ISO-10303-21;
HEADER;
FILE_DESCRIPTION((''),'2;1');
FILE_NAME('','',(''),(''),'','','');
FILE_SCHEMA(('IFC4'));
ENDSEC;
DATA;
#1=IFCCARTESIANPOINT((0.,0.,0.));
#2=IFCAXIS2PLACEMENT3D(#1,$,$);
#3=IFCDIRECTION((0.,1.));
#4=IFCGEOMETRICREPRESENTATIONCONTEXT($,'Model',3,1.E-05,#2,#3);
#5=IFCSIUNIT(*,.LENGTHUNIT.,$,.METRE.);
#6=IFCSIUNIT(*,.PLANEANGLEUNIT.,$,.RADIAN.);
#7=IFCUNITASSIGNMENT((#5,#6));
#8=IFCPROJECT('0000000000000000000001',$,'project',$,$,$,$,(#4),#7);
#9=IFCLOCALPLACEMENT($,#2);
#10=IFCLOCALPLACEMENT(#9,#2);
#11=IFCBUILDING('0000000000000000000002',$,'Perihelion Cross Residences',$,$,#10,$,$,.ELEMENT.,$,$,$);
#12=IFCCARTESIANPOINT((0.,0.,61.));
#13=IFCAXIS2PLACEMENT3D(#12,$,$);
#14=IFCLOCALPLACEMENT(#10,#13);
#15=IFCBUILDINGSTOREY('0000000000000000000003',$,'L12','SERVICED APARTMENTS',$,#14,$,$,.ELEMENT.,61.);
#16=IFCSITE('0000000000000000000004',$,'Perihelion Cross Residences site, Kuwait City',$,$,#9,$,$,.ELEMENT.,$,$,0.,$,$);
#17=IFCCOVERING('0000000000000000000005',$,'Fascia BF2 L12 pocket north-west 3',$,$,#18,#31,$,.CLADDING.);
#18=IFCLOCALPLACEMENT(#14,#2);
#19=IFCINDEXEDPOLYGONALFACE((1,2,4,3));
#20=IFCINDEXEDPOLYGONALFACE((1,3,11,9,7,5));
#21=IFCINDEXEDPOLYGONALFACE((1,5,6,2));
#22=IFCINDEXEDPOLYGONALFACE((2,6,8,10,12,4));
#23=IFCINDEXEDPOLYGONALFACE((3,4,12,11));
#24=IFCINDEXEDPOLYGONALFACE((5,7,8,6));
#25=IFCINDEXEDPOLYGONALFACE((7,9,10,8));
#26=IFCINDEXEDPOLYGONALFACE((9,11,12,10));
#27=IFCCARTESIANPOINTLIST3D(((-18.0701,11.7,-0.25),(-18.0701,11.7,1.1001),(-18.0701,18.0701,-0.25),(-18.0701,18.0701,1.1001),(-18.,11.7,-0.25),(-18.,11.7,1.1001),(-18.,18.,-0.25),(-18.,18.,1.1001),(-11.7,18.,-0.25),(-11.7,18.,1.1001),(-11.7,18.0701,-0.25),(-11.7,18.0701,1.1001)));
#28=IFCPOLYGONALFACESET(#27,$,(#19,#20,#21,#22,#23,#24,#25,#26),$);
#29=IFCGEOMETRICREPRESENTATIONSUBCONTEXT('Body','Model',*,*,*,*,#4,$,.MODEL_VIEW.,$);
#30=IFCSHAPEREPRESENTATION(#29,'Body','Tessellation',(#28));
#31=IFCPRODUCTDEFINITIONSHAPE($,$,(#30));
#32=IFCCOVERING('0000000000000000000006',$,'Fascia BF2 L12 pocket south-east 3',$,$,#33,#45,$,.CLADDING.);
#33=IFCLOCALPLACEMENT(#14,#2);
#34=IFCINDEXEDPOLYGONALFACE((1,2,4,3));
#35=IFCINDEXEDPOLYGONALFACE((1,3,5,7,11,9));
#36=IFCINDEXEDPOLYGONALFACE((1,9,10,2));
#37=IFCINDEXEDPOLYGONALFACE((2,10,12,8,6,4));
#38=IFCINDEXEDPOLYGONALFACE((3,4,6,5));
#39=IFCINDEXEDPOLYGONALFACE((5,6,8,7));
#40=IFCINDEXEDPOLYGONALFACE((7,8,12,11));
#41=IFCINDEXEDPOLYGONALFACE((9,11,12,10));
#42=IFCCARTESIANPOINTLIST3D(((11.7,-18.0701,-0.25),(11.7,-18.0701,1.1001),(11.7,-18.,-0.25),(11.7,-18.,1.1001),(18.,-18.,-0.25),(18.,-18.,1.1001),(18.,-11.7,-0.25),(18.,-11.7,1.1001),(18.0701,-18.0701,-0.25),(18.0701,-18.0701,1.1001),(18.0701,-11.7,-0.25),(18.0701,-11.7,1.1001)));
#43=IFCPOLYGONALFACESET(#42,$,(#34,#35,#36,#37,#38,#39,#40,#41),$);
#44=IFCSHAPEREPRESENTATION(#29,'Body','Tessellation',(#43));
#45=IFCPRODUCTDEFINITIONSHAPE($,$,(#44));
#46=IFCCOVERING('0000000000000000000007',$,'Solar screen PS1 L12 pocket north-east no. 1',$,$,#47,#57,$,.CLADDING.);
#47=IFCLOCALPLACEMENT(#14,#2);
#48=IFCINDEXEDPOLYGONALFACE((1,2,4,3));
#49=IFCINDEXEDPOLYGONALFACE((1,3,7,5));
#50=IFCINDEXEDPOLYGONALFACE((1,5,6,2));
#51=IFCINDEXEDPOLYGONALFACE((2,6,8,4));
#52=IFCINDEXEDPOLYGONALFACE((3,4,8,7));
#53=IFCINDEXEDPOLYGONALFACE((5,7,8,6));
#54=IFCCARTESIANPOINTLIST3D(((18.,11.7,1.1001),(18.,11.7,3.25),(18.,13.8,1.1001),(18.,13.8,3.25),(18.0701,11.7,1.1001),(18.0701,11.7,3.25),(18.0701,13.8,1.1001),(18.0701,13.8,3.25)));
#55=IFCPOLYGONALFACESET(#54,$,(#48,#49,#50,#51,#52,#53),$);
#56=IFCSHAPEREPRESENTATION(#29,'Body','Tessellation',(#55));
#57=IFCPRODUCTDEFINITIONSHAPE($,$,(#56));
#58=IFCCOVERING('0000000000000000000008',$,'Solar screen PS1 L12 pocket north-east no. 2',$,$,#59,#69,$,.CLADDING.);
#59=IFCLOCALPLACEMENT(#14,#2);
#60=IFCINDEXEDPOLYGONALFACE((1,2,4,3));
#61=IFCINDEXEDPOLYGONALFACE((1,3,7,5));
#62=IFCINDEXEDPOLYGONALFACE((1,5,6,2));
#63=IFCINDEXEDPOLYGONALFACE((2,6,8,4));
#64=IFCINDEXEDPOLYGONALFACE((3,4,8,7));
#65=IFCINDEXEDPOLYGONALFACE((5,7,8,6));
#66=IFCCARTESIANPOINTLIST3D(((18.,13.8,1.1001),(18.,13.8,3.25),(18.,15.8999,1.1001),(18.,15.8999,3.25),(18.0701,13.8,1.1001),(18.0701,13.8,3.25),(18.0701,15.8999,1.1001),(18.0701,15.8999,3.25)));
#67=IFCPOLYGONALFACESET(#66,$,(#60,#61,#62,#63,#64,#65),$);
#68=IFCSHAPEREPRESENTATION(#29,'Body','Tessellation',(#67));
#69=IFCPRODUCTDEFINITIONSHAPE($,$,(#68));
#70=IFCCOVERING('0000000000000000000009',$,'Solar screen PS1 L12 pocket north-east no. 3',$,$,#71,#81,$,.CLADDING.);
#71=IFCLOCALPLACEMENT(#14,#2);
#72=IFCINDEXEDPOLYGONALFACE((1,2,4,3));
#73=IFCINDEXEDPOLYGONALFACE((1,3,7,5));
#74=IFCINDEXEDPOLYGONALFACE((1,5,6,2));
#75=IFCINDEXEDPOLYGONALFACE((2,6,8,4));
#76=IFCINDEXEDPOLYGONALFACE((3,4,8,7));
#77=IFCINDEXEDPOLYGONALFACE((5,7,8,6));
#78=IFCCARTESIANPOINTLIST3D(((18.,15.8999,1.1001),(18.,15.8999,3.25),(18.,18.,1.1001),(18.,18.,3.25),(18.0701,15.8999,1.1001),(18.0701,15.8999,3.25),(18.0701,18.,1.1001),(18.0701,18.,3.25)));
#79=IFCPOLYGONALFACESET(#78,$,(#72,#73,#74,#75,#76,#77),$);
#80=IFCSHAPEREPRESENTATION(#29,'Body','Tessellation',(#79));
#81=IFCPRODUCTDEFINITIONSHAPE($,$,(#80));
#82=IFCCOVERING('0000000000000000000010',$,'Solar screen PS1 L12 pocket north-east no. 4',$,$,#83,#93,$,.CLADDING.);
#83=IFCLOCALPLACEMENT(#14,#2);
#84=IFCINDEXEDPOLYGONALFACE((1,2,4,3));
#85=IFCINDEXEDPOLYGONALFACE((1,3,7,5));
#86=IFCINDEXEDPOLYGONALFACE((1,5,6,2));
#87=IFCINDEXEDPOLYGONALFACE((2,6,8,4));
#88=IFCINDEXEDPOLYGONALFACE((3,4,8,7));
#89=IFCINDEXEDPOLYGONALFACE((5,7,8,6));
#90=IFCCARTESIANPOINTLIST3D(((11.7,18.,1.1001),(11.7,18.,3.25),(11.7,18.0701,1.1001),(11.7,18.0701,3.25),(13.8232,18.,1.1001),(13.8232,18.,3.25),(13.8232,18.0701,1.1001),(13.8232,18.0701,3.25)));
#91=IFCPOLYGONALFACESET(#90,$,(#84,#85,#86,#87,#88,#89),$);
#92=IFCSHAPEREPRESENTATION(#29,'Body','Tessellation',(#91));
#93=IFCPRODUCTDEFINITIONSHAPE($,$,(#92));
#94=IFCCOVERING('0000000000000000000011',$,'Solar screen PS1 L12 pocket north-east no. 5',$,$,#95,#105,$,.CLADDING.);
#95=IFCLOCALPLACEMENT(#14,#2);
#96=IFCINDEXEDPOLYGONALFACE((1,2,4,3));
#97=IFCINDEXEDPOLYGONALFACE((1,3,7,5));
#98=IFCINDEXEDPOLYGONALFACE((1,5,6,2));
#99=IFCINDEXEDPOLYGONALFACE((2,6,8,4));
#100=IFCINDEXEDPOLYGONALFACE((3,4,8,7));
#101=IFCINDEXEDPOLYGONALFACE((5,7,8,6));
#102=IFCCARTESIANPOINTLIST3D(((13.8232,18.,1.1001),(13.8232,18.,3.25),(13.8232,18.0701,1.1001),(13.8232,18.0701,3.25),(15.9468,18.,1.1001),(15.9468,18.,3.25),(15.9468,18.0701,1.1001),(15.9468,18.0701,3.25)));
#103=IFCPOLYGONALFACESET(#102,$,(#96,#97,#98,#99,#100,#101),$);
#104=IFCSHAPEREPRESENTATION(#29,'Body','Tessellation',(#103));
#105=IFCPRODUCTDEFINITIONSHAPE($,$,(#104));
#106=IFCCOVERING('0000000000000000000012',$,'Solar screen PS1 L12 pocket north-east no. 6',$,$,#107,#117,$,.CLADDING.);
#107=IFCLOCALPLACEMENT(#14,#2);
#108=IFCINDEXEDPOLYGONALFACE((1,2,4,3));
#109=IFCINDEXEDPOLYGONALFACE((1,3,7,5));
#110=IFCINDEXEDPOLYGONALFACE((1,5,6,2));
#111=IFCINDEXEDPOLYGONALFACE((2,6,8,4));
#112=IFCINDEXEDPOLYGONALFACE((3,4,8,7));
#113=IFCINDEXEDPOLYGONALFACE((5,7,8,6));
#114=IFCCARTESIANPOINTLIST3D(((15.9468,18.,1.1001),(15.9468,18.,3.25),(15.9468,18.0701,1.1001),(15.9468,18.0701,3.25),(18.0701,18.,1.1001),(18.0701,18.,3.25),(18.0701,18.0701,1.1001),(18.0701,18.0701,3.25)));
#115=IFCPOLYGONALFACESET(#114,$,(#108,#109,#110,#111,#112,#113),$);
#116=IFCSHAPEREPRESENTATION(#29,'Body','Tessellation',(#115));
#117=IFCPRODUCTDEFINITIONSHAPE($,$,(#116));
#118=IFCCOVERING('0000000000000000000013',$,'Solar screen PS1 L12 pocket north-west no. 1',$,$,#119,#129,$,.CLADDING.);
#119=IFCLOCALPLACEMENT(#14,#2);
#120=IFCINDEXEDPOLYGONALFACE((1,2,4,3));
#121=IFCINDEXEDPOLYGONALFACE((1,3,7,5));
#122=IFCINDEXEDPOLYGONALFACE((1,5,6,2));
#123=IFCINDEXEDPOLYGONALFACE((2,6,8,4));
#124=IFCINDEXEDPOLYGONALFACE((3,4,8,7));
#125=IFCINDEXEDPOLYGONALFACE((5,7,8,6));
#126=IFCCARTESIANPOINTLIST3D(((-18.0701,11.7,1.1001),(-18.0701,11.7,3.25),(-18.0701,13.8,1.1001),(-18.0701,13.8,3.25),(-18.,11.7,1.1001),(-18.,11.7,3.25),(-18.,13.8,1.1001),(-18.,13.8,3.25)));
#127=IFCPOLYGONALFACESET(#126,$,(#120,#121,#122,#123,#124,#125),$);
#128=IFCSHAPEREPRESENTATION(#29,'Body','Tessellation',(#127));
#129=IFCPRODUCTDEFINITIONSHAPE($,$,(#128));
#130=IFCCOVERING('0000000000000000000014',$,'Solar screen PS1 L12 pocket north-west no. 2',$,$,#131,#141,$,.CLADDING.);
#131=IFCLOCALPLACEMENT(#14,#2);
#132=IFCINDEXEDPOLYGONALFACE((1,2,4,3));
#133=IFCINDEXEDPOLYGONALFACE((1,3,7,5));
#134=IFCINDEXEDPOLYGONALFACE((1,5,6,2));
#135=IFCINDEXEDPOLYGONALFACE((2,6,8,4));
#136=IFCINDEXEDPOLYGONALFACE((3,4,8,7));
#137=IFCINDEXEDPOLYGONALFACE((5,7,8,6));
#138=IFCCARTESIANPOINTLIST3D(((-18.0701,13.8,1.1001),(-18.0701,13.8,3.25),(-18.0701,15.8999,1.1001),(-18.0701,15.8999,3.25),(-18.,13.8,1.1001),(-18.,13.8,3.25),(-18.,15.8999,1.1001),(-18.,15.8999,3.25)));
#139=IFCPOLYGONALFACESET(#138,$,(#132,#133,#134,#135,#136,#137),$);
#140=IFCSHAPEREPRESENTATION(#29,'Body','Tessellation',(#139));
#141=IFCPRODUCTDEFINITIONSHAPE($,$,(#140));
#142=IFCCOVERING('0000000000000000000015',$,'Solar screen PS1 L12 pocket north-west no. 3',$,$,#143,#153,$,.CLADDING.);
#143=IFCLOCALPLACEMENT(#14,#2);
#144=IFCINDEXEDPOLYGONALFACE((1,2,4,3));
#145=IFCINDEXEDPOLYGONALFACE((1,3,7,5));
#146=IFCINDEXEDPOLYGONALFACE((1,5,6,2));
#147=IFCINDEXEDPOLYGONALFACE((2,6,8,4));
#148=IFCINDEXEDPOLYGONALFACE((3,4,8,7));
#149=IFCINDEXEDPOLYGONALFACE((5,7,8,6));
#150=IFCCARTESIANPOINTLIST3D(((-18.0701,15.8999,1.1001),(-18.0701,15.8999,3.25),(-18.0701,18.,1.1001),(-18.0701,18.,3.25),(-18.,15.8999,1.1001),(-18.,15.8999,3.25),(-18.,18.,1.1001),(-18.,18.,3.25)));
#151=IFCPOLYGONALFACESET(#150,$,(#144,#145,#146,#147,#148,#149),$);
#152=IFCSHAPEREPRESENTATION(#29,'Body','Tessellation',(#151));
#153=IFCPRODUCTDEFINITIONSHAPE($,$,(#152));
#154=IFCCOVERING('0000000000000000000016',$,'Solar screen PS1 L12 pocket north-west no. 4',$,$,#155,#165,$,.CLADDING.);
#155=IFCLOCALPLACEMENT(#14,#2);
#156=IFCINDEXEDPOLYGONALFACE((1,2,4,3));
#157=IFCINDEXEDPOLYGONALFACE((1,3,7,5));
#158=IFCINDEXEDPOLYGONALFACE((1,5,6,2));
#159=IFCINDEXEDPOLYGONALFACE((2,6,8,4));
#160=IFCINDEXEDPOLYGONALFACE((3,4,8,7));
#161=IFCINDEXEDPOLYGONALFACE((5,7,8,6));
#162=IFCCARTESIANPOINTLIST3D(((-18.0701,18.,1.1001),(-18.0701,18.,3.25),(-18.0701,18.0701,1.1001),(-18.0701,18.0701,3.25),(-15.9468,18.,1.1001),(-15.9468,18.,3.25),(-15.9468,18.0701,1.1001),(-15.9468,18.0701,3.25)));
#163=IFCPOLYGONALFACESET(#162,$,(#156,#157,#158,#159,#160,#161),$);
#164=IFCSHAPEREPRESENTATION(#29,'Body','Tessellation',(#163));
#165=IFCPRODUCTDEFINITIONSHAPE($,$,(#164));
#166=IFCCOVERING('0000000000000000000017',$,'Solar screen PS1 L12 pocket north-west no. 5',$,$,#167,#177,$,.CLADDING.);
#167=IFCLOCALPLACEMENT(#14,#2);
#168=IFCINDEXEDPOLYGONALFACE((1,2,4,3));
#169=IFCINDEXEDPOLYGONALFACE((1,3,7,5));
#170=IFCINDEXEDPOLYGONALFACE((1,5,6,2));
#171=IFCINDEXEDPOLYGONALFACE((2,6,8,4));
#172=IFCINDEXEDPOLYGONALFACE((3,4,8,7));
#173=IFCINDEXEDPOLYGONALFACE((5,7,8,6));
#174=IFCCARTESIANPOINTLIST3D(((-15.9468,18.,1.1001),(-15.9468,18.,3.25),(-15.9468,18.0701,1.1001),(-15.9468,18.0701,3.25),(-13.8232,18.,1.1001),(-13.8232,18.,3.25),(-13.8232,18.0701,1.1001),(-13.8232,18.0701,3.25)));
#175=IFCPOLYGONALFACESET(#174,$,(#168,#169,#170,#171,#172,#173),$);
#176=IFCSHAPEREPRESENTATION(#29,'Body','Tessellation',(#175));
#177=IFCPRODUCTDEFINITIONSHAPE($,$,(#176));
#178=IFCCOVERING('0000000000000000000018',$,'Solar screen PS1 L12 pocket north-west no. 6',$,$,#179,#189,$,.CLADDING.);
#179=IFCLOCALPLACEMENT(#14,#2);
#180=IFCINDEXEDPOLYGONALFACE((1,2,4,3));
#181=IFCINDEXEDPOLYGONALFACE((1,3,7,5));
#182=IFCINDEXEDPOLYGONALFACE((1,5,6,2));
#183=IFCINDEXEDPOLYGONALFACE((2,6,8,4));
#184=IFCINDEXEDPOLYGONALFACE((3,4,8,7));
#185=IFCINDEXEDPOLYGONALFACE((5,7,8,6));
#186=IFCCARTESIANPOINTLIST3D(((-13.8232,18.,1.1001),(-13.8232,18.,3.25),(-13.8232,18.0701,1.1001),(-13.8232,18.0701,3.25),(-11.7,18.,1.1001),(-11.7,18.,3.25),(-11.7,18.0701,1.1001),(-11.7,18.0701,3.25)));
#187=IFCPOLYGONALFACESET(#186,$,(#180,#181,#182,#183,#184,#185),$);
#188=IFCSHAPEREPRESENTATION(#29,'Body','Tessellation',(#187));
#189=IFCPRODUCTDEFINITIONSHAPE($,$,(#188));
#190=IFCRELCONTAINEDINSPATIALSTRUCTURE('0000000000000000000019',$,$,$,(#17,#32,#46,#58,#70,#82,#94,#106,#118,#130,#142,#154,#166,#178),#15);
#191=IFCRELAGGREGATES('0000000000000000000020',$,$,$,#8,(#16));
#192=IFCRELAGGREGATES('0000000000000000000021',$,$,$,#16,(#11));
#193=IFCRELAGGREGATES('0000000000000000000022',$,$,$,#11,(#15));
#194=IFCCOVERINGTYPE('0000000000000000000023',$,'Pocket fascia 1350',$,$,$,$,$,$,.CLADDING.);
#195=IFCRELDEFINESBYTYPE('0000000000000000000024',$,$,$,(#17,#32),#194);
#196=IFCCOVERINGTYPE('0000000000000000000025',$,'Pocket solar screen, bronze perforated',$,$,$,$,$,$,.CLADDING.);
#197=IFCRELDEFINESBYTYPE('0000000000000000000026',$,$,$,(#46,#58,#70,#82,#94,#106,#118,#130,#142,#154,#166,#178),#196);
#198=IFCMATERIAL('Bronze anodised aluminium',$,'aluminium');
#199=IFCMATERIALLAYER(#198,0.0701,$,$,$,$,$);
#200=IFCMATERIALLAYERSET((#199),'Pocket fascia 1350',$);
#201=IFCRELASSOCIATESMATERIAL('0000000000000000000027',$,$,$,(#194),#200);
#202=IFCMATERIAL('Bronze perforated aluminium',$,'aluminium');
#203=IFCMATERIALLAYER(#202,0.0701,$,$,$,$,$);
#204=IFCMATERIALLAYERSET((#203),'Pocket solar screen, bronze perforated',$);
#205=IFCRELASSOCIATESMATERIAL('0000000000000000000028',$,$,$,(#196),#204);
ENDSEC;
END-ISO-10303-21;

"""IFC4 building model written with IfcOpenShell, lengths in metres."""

from ifc_helpers import new_model, si_unit, direction, frame, origin, place, context, subcontext, project, spatial, polyline, outline, extrude, material, layer, layer_set, type_object, element, save


model = new_model("IFC4")

# Units and contexts
model_context = context("Model", 3, precision=1e-05, world=origin(), true_north=direction((0.0, 1.0)))
body_context = subcontext(model_context, "Body", "Model", "MODEL_VIEW")
ifc_project = project(units=[si_unit("LENGTHUNIT", "METRE"), si_unit("PLANEANGLEUNIT", "RADIAN")], contexts=[model_context])

# Site, building, storey
site_placement = place(None, origin())
site = spatial("IfcSite", under=ifc_project, at=site_placement, Name="Perihelion Cross Residences site, Kuwait City", CompositionType="ELEMENT", RefElevation=0.0)
building_placement = place(site_placement, origin())
building = spatial("IfcBuilding", under=site, at=building_placement, Name="Perihelion Cross Residences", CompositionType="ELEMENT")
storey_placement = place(building_placement, frame((0.0, 0.0, 61.0)))
storey = spatial("IfcBuildingStorey", under=building, at=storey_placement, Name="L12", Description="SERVICED APARTMENTS", CompositionType="ELEMENT", Elevation=61.0)

# Coverings
ifc_material_1 = material(Name="Bronze anodised aluminium", Category="aluminium")
ifc_layer_1 = layer(ifc_material_1, 0.0701)
ifc_layer_set_1 = layer_set([ifc_layer_1], Name="Pocket fascia 1350")
covering_type_1 = type_object("IfcCoveringType", Name="Pocket fascia 1350", PredefinedType="CLADDING", material=ifc_layer_set_1)
covering_1_placement = place(storey_placement, frame((0.0, 0.0, -0.25)))
element("IfcCovering", 1, at=covering_1_placement, inside=storey, type_object=covering_type_1, Name="Fascia BF2 L12 pocket north-west 3", PredefinedType="CLADDING", context=body_context, shape_type="SweptSolid", body=[
    extrude(outline(polyline([(-18.0701, 18.0701), (-18.0701, 11.7), (-18.0, 11.7), (-18.0, 18.0), (-11.7, 18.0), (-11.7, 18.0701), (-18.0701, 18.0701)])), origin(), (0.0, 0.0, 1.0), 1.3501),
])
covering_2_placement = place(storey_placement, frame((0.0, 0.0, -0.25)))
element("IfcCovering", 2, at=covering_2_placement, inside=storey, type_object=covering_type_1, Name="Fascia BF2 L12 pocket south-east 3", PredefinedType="CLADDING", context=body_context, shape_type="SweptSolid", body=[
    extrude(outline(polyline([(18.0701, -18.0701), (18.0701, -11.7), (18.0, -11.7), (18.0, -18.0), (11.7, -18.0), (11.7, -18.0701), (18.0701, -18.0701)])), origin(), (0.0, 0.0, 1.0), 1.3501),
])
ifc_material_2 = material(Name="Bronze perforated aluminium", Category="aluminium")
ifc_layer_2 = layer(ifc_material_2, 0.0701)
ifc_layer_set_2 = layer_set([ifc_layer_2], Name="Pocket solar screen, bronze perforated")
covering_type_2 = type_object("IfcCoveringType", Name="Pocket solar screen, bronze perforated", PredefinedType="CLADDING", material=ifc_layer_set_2)
covering_3_placement = place(storey_placement, frame((0.0, 0.0, 1.1001)))
element("IfcCovering", 3, at=covering_3_placement, inside=storey, type_object=covering_type_2, Name="Solar screen PS1 L12 pocket north-east no. 1", PredefinedType="CLADDING", context=body_context, shape_type="SweptSolid", body=[
    extrude(outline(polyline([(18.0701, 11.7), (18.0701, 13.8), (18.0, 13.8), (18.0, 11.7), (18.0701, 11.7)])), origin(), (0.0, 0.0, 1.0), 2.1499),
])
covering_4_placement = place(storey_placement, frame((0.0, 0.0, 1.1001)))
element("IfcCovering", 4, at=covering_4_placement, inside=storey, type_object=covering_type_2, Name="Solar screen PS1 L12 pocket north-east no. 2", PredefinedType="CLADDING", context=body_context, shape_type="SweptSolid", body=[
    extrude(outline(polyline([(18.0701, 13.8), (18.0701, 15.8999), (18.0, 15.8999), (18.0, 13.8), (18.0701, 13.8)])), origin(), (0.0, 0.0, 1.0), 2.1499),
])
covering_5_placement = place(storey_placement, frame((0.0, 0.0, 1.1001)))
element("IfcCovering", 5, at=covering_5_placement, inside=storey, type_object=covering_type_2, Name="Solar screen PS1 L12 pocket north-east no. 3", PredefinedType="CLADDING", context=body_context, shape_type="SweptSolid", body=[
    extrude(outline(polyline([(18.0701, 15.8999), (18.0701, 18.0), (18.0, 18.0), (18.0, 15.8999), (18.0701, 15.8999)])), origin(), (0.0, 0.0, 1.0), 2.1499),
])
covering_6_placement = place(storey_placement, frame((0.0, 0.0, 1.1001)))
element("IfcCovering", 6, at=covering_6_placement, inside=storey, type_object=covering_type_2, Name="Solar screen PS1 L12 pocket north-east no. 4", PredefinedType="CLADDING", context=body_context, shape_type="SweptSolid", body=[
    extrude(outline(polyline([(13.8232, 18.0), (13.8232, 18.0701), (11.7, 18.0701), (11.7, 18.0), (13.8232, 18.0)])), origin(), (0.0, 0.0, 1.0), 2.1499),
])
covering_7_placement = place(storey_placement, frame((0.0, 0.0, 1.1001)))
element("IfcCovering", 7, at=covering_7_placement, inside=storey, type_object=covering_type_2, Name="Solar screen PS1 L12 pocket north-east no. 5", PredefinedType="CLADDING", context=body_context, shape_type="SweptSolid", body=[
    extrude(outline(polyline([(15.9468, 18.0), (15.9468, 18.0701), (13.8232, 18.0701), (13.8232, 18.0), (15.9468, 18.0)])), origin(), (0.0, 0.0, 1.0), 2.1499),
])
covering_8_placement = place(storey_placement, frame((0.0, 0.0, 1.1001)))
element("IfcCovering", 8, at=covering_8_placement, inside=storey, type_object=covering_type_2, Name="Solar screen PS1 L12 pocket north-east no. 6", PredefinedType="CLADDING", context=body_context, shape_type="SweptSolid", body=[
    extrude(outline(polyline([(18.0701, 18.0), (18.0701, 18.0701), (15.9468, 18.0701), (15.9468, 18.0), (18.0701, 18.0)])), origin(), (0.0, 0.0, 1.0), 2.1499),
])
covering_9_placement = place(storey_placement, frame((0.0, 0.0, 1.1001)))
element("IfcCovering", 9, at=covering_9_placement, inside=storey, type_object=covering_type_2, Name="Solar screen PS1 L12 pocket north-west no. 1", PredefinedType="CLADDING", context=body_context, shape_type="SweptSolid", body=[
    extrude(outline(polyline([(-18.0, 11.7), (-18.0, 13.8), (-18.0701, 13.8), (-18.0701, 11.7), (-18.0, 11.7)])), origin(), (0.0, 0.0, 1.0), 2.1499),
])
covering_10_placement = place(storey_placement, frame((0.0, 0.0, 1.1001)))
element("IfcCovering", 10, at=covering_10_placement, inside=storey, type_object=covering_type_2, Name="Solar screen PS1 L12 pocket north-west no. 2", PredefinedType="CLADDING", context=body_context, shape_type="SweptSolid", body=[
    extrude(outline(polyline([(-18.0, 13.8), (-18.0, 15.8999), (-18.0701, 15.8999), (-18.0701, 13.8), (-18.0, 13.8)])), origin(), (0.0, 0.0, 1.0), 2.1499),
])
covering_11_placement = place(storey_placement, frame((0.0, 0.0, 1.1001)))
element("IfcCovering", 11, at=covering_11_placement, inside=storey, type_object=covering_type_2, Name="Solar screen PS1 L12 pocket north-west no. 3", PredefinedType="CLADDING", context=body_context, shape_type="SweptSolid", body=[
    extrude(outline(polyline([(-18.0, 15.8999), (-18.0, 18.0), (-18.0701, 18.0), (-18.0701, 15.8999), (-18.0, 15.8999)])), origin(), (0.0, 0.0, 1.0), 2.1499),
])
covering_12_placement = place(storey_placement, frame((0.0, 0.0, 1.1001)))
element("IfcCovering", 12, at=covering_12_placement, inside=storey, type_object=covering_type_2, Name="Solar screen PS1 L12 pocket north-west no. 4", PredefinedType="CLADDING", context=body_context, shape_type="SweptSolid", body=[
    extrude(outline(polyline([(-15.9468, 18.0), (-15.9468, 18.0701), (-18.0701, 18.0701), (-18.0701, 18.0), (-15.9468, 18.0)])), origin(), (0.0, 0.0, 1.0), 2.1499),
])
covering_13_placement = place(storey_placement, frame((0.0, 0.0, 1.1001)))
element("IfcCovering", 13, at=covering_13_placement, inside=storey, type_object=covering_type_2, Name="Solar screen PS1 L12 pocket north-west no. 5", PredefinedType="CLADDING", context=body_context, shape_type="SweptSolid", body=[
    extrude(outline(polyline([(-13.8232, 18.0), (-13.8232, 18.0701), (-15.9468, 18.0701), (-15.9468, 18.0), (-13.8232, 18.0)])), origin(), (0.0, 0.0, 1.0), 2.1499),
])
covering_14_placement = place(storey_placement, frame((0.0, 0.0, 1.1001)))
element("IfcCovering", 14, at=covering_14_placement, inside=storey, type_object=covering_type_2, Name="Solar screen PS1 L12 pocket north-west no. 6", PredefinedType="CLADDING", context=body_context, shape_type="SweptSolid", body=[
    extrude(outline(polyline([(-11.7, 18.0), (-11.7, 18.0701), (-13.8232, 18.0701), (-13.8232, 18.0), (-11.7, 18.0)])), origin(), (0.0, 0.0, 1.0), 2.1499),
])

save(model, "model.ifc")
